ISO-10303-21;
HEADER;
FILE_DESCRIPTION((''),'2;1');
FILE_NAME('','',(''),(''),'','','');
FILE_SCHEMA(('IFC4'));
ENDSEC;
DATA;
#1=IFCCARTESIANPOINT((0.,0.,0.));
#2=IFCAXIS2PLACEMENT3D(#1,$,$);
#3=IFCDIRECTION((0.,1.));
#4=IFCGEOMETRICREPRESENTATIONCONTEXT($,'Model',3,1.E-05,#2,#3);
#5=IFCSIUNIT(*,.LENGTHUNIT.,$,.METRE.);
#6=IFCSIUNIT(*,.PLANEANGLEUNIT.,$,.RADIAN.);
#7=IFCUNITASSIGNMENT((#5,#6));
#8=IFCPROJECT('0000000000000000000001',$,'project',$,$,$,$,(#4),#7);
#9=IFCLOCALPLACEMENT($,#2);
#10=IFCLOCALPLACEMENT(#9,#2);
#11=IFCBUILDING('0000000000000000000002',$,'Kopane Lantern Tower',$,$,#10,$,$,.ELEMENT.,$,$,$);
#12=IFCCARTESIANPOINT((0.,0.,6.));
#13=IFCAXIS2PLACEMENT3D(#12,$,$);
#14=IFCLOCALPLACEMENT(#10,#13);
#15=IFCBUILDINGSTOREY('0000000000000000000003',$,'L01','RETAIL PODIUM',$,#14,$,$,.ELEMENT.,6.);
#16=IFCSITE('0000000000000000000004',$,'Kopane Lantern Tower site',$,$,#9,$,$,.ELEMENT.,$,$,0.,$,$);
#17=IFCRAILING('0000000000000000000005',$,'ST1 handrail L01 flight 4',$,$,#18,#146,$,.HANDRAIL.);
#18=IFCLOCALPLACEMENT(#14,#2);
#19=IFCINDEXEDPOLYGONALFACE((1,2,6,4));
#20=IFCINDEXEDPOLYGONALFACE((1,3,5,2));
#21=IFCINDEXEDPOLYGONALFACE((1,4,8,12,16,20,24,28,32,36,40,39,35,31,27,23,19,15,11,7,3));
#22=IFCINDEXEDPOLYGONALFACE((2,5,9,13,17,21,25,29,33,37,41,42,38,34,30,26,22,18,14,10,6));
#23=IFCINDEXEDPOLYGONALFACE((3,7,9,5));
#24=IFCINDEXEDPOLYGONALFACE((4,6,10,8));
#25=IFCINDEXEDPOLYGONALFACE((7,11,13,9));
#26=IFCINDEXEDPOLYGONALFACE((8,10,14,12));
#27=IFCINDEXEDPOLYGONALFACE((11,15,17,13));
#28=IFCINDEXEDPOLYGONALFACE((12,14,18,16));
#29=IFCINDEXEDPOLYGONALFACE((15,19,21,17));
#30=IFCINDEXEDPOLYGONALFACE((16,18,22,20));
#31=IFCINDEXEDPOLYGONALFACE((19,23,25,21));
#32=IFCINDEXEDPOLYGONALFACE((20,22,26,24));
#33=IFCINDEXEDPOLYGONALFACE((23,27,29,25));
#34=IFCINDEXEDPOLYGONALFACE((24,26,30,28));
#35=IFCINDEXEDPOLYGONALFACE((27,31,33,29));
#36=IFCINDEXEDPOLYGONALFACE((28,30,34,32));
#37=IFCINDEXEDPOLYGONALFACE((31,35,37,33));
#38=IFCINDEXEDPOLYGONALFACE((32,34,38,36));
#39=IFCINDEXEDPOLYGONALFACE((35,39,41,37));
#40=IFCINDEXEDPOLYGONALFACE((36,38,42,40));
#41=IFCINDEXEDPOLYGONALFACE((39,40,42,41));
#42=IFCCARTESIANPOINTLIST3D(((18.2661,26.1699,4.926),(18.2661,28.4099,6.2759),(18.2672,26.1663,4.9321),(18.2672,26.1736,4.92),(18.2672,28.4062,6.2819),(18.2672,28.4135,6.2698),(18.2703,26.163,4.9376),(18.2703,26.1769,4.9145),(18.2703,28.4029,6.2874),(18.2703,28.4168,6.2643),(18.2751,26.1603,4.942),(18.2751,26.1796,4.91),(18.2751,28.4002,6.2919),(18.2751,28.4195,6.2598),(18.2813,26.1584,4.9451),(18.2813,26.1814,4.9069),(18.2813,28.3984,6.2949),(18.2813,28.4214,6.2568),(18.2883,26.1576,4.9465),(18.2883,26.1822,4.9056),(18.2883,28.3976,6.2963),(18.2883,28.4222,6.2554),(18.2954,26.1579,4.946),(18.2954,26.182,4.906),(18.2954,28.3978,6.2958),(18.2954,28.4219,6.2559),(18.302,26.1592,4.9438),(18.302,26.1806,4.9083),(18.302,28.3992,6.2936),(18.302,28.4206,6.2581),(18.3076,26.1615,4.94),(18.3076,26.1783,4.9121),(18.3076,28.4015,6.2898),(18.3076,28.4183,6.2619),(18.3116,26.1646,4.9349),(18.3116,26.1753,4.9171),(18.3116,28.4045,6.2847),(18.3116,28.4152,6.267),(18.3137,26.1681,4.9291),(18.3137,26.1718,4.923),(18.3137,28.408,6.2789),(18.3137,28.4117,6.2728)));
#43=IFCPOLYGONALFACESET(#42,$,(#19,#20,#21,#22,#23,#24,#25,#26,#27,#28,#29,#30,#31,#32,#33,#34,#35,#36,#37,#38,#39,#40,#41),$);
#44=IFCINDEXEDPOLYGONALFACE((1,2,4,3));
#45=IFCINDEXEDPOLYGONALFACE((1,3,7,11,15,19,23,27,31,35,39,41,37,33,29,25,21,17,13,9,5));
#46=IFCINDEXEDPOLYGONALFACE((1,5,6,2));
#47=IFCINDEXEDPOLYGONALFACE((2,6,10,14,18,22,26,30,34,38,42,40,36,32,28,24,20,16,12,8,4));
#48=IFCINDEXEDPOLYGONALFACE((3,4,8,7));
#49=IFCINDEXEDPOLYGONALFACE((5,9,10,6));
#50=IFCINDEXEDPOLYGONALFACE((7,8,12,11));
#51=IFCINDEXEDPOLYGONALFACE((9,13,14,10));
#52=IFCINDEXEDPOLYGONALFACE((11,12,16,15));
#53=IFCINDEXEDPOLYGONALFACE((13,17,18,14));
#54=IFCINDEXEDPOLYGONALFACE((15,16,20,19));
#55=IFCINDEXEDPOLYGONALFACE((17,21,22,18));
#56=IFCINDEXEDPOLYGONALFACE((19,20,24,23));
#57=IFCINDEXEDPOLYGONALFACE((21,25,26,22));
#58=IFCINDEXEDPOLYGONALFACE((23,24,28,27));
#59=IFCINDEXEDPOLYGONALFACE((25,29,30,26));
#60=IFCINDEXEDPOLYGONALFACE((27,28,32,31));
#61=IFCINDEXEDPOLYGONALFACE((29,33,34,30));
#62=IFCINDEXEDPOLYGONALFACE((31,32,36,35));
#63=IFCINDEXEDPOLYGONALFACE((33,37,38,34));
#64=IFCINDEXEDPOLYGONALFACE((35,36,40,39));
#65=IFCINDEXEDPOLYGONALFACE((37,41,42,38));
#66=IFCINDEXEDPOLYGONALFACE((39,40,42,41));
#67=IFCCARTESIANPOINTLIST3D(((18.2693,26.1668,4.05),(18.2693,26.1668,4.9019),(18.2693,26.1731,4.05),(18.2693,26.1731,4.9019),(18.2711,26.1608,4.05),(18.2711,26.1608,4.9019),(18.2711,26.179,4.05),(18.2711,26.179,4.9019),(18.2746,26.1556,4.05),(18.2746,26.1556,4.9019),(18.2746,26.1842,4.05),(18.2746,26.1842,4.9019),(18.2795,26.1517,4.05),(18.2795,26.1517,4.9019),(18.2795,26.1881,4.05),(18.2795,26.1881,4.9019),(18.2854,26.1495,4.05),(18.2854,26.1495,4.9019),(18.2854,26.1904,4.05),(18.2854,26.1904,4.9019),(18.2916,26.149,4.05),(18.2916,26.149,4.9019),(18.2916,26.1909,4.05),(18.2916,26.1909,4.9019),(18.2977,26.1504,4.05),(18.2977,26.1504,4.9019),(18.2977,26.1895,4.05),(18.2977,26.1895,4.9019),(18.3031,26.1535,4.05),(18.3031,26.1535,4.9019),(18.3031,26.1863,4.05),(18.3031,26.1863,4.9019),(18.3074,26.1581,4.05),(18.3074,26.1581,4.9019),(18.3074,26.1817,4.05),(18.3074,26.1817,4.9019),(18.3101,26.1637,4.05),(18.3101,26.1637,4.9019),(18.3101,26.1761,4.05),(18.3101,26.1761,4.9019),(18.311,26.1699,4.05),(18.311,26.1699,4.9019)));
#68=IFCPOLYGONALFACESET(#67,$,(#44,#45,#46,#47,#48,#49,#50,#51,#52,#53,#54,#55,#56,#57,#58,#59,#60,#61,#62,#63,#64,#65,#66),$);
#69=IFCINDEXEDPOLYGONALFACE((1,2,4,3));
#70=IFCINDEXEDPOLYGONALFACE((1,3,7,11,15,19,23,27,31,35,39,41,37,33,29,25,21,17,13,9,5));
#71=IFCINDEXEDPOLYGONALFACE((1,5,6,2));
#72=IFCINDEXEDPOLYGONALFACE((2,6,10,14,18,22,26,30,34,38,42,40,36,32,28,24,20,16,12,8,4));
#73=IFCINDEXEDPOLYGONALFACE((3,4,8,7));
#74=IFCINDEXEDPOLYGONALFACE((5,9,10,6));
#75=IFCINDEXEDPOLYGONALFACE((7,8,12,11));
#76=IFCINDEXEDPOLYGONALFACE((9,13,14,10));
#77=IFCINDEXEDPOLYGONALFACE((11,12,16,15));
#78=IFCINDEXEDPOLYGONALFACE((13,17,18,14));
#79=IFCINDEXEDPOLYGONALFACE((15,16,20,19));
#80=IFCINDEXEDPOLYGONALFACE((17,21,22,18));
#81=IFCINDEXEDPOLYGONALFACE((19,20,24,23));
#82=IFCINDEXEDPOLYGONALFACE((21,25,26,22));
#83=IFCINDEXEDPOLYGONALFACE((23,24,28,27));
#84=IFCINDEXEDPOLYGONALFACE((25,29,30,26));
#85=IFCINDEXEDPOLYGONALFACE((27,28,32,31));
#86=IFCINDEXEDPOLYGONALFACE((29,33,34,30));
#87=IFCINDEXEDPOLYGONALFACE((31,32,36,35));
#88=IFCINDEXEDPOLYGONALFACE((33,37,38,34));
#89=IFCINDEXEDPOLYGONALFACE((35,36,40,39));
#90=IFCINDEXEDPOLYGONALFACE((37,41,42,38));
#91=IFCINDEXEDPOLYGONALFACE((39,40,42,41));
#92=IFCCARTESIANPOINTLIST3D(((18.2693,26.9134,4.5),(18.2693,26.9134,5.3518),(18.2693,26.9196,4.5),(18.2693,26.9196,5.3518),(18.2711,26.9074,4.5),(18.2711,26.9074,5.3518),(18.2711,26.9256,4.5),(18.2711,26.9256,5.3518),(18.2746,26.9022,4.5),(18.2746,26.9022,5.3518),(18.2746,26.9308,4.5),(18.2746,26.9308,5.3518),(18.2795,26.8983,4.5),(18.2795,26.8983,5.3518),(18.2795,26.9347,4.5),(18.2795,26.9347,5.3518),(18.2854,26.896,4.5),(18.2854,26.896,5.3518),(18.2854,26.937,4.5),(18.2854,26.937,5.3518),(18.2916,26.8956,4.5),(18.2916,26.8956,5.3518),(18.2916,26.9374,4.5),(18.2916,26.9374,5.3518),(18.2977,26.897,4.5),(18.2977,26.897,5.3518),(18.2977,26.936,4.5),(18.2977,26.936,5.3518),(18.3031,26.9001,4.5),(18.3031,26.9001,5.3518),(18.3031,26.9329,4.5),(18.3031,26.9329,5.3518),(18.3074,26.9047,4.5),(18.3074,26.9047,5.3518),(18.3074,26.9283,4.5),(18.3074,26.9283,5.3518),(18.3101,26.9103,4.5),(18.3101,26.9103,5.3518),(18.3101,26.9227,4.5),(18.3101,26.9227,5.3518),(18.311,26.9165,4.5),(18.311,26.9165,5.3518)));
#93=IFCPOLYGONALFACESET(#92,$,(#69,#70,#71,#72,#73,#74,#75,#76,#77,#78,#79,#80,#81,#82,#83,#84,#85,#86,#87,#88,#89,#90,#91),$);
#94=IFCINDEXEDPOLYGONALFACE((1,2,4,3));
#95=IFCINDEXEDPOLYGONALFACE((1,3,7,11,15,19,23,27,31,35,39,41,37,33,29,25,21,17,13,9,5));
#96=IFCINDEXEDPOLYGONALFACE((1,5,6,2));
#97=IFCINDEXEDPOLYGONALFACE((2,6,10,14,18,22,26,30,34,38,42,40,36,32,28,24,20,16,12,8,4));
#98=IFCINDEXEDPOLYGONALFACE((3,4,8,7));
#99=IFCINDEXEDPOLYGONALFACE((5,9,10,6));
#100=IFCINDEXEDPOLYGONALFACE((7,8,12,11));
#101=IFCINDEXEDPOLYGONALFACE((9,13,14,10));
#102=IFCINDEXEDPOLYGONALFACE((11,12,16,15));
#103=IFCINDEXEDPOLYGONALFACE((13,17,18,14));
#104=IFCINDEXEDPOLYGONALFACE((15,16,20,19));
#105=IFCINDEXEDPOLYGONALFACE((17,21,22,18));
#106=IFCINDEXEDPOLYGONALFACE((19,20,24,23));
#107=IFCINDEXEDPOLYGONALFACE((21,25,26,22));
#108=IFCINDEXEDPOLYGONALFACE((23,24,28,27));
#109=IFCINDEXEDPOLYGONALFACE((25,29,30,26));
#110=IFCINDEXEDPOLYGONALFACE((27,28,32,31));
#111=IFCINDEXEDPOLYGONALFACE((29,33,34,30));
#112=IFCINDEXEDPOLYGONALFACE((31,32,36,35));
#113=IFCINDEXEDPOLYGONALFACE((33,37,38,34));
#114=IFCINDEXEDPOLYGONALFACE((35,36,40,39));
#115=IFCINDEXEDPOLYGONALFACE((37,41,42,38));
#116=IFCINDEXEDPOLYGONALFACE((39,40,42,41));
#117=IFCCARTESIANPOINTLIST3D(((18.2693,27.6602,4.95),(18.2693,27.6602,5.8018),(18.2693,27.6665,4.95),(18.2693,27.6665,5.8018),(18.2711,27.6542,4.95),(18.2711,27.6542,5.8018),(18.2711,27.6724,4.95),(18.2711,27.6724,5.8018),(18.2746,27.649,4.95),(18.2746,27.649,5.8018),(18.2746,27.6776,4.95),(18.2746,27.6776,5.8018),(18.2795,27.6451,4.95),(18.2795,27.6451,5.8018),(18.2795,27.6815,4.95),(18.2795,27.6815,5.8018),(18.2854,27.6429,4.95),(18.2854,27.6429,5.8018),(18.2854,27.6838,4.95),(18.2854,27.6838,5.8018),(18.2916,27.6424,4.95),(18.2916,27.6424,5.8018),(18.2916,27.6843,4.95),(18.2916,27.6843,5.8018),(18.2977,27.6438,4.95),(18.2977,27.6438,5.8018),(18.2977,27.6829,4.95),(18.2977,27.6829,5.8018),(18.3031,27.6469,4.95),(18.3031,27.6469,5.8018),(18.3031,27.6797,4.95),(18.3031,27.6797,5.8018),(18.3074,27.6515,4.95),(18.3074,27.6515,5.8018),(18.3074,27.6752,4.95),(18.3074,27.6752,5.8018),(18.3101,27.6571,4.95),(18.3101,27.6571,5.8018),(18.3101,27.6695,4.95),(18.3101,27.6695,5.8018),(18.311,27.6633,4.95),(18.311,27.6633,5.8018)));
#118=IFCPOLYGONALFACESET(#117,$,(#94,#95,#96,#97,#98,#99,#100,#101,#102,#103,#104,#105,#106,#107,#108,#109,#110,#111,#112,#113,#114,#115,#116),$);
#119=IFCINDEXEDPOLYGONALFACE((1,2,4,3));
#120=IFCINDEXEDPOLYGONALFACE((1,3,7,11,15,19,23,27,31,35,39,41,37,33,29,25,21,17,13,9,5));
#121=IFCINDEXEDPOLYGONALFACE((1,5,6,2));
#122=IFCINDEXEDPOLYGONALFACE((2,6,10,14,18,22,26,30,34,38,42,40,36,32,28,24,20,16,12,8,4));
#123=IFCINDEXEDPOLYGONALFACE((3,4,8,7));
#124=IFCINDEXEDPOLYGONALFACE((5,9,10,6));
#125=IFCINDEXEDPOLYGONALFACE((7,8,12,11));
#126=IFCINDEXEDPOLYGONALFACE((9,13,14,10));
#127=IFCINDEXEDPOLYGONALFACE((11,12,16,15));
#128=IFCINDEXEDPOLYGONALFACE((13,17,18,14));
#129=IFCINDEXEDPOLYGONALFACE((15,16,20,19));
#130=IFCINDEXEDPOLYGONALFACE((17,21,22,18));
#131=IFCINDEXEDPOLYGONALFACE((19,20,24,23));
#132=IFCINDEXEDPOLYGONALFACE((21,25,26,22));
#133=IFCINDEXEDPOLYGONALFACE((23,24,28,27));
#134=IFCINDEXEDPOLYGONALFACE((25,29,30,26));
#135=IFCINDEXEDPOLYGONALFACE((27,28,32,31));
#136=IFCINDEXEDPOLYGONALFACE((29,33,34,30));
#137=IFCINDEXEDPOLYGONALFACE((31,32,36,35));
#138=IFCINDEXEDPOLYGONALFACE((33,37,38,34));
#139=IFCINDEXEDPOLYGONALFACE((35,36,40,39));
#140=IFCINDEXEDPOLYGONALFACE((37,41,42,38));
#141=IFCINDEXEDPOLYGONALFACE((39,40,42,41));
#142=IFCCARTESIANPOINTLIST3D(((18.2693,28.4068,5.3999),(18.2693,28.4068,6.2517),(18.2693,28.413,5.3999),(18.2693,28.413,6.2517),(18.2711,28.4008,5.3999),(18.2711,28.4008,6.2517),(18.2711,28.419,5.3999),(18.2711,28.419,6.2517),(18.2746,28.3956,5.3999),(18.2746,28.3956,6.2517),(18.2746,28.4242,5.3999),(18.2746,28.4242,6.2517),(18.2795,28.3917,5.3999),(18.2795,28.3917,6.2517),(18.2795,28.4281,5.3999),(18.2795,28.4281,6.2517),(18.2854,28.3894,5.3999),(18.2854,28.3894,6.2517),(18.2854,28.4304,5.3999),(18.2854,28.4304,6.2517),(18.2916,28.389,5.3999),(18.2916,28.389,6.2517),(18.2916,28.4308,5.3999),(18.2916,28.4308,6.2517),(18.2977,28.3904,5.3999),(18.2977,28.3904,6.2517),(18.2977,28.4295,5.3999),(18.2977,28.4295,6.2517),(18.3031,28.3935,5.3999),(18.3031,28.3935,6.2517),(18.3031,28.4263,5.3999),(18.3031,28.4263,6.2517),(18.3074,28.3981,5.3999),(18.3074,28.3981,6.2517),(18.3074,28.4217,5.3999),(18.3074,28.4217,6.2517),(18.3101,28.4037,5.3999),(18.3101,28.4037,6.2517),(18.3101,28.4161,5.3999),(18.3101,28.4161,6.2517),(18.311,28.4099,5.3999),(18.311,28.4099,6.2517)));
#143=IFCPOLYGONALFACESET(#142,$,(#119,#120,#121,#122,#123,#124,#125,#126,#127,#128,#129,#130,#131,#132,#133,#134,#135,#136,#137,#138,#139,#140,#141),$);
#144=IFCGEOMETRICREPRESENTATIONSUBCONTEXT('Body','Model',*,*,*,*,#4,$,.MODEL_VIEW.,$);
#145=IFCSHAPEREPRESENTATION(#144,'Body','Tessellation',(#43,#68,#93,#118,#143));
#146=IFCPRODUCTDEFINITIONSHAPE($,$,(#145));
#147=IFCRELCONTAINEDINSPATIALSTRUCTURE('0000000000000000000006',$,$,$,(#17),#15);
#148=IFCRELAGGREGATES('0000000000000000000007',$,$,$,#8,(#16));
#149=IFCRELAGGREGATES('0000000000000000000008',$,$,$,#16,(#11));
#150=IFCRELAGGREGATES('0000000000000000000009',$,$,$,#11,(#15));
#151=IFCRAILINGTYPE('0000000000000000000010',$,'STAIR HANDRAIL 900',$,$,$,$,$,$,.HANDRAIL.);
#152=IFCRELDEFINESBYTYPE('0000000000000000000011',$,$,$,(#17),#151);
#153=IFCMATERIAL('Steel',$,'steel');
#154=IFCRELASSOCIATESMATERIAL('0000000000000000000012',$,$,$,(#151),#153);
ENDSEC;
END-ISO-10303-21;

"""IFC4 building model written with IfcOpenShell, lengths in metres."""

from ifc_helpers import new_model, si_unit, direction, frame, origin, origin_2d, place, context, subcontext, project, spatial, circle, extrude, material, type_object, element, save


model = new_model("IFC4")

# Units and contexts
model_context = context("Model", 3, precision=1e-05, world=origin(), true_north=direction((0.0, 1.0)))
body_context = subcontext(model_context, "Body", "Model", "MODEL_VIEW")
ifc_project = project(units=[si_unit("LENGTHUNIT", "METRE"), si_unit("PLANEANGLEUNIT", "RADIAN")], contexts=[model_context])

# Site, building, storey
site_placement = place(None, origin())
site = spatial("IfcSite", under=ifc_project, at=site_placement, Name="Kopane Lantern Tower site", CompositionType="ELEMENT", RefElevation=0.0)
building_placement = place(site_placement, origin())
building = spatial("IfcBuilding", under=site, at=building_placement, Name="Kopane Lantern Tower", CompositionType="ELEMENT")
storey_placement = place(building_placement, frame((0.0, 0.0, 6.0)))
storey = spatial("IfcBuildingStorey", under=building, at=storey_placement, Name="L01", Description="RETAIL PODIUM", CompositionType="ELEMENT", Elevation=6.0)

# Railing
ifc_material_1 = material(Name="Steel", Category="steel")
railing_type_1 = type_object("IfcRailingType", Name="STAIR HANDRAIL 900", PredefinedType="HANDRAIL", material=ifc_material_1)
for number, where, name in (
    (1, (18.29, 26.1699, 4.05), "ST1 handrail L01 flight 4"),
):
    element("IfcRailing", number, at=place(storey_placement, frame(where)), inside=storey, type_object=railing_type_1, Name=name, PredefinedType="HANDRAIL", context=body_context, shape_type="SweptSolid", body=[
        extrude(circle(Radius=0.0239, at=origin_2d()), frame((0.0, 0.0, 0.876), z_axis=(0.0, 0.856503, 0.516142), x_axis=(-1.0, 0.0, 0.0)), (0.0, 0.0, 1.0), 2.6152),
        extrude(circle(Radius=0.021, at=origin_2d()), origin(), (0.0, 0.0, 1.0), 0.8518),
        extrude(circle(Radius=0.021, at=origin_2d()), frame((0.0, 0.7466, 0.45)), (0.0, 0.0, 1.0), 0.8518),
        extrude(circle(Radius=0.021, at=origin_2d()), frame((0.0, 1.4934, 0.8999)), (0.0, 0.0, 1.0), 0.8518),
        extrude(circle(Radius=0.021, at=origin_2d()), frame((0.0, 2.24, 1.3499)), (0.0, 0.0, 1.0), 0.8518),
    ])

save(model, "model.ifc")
